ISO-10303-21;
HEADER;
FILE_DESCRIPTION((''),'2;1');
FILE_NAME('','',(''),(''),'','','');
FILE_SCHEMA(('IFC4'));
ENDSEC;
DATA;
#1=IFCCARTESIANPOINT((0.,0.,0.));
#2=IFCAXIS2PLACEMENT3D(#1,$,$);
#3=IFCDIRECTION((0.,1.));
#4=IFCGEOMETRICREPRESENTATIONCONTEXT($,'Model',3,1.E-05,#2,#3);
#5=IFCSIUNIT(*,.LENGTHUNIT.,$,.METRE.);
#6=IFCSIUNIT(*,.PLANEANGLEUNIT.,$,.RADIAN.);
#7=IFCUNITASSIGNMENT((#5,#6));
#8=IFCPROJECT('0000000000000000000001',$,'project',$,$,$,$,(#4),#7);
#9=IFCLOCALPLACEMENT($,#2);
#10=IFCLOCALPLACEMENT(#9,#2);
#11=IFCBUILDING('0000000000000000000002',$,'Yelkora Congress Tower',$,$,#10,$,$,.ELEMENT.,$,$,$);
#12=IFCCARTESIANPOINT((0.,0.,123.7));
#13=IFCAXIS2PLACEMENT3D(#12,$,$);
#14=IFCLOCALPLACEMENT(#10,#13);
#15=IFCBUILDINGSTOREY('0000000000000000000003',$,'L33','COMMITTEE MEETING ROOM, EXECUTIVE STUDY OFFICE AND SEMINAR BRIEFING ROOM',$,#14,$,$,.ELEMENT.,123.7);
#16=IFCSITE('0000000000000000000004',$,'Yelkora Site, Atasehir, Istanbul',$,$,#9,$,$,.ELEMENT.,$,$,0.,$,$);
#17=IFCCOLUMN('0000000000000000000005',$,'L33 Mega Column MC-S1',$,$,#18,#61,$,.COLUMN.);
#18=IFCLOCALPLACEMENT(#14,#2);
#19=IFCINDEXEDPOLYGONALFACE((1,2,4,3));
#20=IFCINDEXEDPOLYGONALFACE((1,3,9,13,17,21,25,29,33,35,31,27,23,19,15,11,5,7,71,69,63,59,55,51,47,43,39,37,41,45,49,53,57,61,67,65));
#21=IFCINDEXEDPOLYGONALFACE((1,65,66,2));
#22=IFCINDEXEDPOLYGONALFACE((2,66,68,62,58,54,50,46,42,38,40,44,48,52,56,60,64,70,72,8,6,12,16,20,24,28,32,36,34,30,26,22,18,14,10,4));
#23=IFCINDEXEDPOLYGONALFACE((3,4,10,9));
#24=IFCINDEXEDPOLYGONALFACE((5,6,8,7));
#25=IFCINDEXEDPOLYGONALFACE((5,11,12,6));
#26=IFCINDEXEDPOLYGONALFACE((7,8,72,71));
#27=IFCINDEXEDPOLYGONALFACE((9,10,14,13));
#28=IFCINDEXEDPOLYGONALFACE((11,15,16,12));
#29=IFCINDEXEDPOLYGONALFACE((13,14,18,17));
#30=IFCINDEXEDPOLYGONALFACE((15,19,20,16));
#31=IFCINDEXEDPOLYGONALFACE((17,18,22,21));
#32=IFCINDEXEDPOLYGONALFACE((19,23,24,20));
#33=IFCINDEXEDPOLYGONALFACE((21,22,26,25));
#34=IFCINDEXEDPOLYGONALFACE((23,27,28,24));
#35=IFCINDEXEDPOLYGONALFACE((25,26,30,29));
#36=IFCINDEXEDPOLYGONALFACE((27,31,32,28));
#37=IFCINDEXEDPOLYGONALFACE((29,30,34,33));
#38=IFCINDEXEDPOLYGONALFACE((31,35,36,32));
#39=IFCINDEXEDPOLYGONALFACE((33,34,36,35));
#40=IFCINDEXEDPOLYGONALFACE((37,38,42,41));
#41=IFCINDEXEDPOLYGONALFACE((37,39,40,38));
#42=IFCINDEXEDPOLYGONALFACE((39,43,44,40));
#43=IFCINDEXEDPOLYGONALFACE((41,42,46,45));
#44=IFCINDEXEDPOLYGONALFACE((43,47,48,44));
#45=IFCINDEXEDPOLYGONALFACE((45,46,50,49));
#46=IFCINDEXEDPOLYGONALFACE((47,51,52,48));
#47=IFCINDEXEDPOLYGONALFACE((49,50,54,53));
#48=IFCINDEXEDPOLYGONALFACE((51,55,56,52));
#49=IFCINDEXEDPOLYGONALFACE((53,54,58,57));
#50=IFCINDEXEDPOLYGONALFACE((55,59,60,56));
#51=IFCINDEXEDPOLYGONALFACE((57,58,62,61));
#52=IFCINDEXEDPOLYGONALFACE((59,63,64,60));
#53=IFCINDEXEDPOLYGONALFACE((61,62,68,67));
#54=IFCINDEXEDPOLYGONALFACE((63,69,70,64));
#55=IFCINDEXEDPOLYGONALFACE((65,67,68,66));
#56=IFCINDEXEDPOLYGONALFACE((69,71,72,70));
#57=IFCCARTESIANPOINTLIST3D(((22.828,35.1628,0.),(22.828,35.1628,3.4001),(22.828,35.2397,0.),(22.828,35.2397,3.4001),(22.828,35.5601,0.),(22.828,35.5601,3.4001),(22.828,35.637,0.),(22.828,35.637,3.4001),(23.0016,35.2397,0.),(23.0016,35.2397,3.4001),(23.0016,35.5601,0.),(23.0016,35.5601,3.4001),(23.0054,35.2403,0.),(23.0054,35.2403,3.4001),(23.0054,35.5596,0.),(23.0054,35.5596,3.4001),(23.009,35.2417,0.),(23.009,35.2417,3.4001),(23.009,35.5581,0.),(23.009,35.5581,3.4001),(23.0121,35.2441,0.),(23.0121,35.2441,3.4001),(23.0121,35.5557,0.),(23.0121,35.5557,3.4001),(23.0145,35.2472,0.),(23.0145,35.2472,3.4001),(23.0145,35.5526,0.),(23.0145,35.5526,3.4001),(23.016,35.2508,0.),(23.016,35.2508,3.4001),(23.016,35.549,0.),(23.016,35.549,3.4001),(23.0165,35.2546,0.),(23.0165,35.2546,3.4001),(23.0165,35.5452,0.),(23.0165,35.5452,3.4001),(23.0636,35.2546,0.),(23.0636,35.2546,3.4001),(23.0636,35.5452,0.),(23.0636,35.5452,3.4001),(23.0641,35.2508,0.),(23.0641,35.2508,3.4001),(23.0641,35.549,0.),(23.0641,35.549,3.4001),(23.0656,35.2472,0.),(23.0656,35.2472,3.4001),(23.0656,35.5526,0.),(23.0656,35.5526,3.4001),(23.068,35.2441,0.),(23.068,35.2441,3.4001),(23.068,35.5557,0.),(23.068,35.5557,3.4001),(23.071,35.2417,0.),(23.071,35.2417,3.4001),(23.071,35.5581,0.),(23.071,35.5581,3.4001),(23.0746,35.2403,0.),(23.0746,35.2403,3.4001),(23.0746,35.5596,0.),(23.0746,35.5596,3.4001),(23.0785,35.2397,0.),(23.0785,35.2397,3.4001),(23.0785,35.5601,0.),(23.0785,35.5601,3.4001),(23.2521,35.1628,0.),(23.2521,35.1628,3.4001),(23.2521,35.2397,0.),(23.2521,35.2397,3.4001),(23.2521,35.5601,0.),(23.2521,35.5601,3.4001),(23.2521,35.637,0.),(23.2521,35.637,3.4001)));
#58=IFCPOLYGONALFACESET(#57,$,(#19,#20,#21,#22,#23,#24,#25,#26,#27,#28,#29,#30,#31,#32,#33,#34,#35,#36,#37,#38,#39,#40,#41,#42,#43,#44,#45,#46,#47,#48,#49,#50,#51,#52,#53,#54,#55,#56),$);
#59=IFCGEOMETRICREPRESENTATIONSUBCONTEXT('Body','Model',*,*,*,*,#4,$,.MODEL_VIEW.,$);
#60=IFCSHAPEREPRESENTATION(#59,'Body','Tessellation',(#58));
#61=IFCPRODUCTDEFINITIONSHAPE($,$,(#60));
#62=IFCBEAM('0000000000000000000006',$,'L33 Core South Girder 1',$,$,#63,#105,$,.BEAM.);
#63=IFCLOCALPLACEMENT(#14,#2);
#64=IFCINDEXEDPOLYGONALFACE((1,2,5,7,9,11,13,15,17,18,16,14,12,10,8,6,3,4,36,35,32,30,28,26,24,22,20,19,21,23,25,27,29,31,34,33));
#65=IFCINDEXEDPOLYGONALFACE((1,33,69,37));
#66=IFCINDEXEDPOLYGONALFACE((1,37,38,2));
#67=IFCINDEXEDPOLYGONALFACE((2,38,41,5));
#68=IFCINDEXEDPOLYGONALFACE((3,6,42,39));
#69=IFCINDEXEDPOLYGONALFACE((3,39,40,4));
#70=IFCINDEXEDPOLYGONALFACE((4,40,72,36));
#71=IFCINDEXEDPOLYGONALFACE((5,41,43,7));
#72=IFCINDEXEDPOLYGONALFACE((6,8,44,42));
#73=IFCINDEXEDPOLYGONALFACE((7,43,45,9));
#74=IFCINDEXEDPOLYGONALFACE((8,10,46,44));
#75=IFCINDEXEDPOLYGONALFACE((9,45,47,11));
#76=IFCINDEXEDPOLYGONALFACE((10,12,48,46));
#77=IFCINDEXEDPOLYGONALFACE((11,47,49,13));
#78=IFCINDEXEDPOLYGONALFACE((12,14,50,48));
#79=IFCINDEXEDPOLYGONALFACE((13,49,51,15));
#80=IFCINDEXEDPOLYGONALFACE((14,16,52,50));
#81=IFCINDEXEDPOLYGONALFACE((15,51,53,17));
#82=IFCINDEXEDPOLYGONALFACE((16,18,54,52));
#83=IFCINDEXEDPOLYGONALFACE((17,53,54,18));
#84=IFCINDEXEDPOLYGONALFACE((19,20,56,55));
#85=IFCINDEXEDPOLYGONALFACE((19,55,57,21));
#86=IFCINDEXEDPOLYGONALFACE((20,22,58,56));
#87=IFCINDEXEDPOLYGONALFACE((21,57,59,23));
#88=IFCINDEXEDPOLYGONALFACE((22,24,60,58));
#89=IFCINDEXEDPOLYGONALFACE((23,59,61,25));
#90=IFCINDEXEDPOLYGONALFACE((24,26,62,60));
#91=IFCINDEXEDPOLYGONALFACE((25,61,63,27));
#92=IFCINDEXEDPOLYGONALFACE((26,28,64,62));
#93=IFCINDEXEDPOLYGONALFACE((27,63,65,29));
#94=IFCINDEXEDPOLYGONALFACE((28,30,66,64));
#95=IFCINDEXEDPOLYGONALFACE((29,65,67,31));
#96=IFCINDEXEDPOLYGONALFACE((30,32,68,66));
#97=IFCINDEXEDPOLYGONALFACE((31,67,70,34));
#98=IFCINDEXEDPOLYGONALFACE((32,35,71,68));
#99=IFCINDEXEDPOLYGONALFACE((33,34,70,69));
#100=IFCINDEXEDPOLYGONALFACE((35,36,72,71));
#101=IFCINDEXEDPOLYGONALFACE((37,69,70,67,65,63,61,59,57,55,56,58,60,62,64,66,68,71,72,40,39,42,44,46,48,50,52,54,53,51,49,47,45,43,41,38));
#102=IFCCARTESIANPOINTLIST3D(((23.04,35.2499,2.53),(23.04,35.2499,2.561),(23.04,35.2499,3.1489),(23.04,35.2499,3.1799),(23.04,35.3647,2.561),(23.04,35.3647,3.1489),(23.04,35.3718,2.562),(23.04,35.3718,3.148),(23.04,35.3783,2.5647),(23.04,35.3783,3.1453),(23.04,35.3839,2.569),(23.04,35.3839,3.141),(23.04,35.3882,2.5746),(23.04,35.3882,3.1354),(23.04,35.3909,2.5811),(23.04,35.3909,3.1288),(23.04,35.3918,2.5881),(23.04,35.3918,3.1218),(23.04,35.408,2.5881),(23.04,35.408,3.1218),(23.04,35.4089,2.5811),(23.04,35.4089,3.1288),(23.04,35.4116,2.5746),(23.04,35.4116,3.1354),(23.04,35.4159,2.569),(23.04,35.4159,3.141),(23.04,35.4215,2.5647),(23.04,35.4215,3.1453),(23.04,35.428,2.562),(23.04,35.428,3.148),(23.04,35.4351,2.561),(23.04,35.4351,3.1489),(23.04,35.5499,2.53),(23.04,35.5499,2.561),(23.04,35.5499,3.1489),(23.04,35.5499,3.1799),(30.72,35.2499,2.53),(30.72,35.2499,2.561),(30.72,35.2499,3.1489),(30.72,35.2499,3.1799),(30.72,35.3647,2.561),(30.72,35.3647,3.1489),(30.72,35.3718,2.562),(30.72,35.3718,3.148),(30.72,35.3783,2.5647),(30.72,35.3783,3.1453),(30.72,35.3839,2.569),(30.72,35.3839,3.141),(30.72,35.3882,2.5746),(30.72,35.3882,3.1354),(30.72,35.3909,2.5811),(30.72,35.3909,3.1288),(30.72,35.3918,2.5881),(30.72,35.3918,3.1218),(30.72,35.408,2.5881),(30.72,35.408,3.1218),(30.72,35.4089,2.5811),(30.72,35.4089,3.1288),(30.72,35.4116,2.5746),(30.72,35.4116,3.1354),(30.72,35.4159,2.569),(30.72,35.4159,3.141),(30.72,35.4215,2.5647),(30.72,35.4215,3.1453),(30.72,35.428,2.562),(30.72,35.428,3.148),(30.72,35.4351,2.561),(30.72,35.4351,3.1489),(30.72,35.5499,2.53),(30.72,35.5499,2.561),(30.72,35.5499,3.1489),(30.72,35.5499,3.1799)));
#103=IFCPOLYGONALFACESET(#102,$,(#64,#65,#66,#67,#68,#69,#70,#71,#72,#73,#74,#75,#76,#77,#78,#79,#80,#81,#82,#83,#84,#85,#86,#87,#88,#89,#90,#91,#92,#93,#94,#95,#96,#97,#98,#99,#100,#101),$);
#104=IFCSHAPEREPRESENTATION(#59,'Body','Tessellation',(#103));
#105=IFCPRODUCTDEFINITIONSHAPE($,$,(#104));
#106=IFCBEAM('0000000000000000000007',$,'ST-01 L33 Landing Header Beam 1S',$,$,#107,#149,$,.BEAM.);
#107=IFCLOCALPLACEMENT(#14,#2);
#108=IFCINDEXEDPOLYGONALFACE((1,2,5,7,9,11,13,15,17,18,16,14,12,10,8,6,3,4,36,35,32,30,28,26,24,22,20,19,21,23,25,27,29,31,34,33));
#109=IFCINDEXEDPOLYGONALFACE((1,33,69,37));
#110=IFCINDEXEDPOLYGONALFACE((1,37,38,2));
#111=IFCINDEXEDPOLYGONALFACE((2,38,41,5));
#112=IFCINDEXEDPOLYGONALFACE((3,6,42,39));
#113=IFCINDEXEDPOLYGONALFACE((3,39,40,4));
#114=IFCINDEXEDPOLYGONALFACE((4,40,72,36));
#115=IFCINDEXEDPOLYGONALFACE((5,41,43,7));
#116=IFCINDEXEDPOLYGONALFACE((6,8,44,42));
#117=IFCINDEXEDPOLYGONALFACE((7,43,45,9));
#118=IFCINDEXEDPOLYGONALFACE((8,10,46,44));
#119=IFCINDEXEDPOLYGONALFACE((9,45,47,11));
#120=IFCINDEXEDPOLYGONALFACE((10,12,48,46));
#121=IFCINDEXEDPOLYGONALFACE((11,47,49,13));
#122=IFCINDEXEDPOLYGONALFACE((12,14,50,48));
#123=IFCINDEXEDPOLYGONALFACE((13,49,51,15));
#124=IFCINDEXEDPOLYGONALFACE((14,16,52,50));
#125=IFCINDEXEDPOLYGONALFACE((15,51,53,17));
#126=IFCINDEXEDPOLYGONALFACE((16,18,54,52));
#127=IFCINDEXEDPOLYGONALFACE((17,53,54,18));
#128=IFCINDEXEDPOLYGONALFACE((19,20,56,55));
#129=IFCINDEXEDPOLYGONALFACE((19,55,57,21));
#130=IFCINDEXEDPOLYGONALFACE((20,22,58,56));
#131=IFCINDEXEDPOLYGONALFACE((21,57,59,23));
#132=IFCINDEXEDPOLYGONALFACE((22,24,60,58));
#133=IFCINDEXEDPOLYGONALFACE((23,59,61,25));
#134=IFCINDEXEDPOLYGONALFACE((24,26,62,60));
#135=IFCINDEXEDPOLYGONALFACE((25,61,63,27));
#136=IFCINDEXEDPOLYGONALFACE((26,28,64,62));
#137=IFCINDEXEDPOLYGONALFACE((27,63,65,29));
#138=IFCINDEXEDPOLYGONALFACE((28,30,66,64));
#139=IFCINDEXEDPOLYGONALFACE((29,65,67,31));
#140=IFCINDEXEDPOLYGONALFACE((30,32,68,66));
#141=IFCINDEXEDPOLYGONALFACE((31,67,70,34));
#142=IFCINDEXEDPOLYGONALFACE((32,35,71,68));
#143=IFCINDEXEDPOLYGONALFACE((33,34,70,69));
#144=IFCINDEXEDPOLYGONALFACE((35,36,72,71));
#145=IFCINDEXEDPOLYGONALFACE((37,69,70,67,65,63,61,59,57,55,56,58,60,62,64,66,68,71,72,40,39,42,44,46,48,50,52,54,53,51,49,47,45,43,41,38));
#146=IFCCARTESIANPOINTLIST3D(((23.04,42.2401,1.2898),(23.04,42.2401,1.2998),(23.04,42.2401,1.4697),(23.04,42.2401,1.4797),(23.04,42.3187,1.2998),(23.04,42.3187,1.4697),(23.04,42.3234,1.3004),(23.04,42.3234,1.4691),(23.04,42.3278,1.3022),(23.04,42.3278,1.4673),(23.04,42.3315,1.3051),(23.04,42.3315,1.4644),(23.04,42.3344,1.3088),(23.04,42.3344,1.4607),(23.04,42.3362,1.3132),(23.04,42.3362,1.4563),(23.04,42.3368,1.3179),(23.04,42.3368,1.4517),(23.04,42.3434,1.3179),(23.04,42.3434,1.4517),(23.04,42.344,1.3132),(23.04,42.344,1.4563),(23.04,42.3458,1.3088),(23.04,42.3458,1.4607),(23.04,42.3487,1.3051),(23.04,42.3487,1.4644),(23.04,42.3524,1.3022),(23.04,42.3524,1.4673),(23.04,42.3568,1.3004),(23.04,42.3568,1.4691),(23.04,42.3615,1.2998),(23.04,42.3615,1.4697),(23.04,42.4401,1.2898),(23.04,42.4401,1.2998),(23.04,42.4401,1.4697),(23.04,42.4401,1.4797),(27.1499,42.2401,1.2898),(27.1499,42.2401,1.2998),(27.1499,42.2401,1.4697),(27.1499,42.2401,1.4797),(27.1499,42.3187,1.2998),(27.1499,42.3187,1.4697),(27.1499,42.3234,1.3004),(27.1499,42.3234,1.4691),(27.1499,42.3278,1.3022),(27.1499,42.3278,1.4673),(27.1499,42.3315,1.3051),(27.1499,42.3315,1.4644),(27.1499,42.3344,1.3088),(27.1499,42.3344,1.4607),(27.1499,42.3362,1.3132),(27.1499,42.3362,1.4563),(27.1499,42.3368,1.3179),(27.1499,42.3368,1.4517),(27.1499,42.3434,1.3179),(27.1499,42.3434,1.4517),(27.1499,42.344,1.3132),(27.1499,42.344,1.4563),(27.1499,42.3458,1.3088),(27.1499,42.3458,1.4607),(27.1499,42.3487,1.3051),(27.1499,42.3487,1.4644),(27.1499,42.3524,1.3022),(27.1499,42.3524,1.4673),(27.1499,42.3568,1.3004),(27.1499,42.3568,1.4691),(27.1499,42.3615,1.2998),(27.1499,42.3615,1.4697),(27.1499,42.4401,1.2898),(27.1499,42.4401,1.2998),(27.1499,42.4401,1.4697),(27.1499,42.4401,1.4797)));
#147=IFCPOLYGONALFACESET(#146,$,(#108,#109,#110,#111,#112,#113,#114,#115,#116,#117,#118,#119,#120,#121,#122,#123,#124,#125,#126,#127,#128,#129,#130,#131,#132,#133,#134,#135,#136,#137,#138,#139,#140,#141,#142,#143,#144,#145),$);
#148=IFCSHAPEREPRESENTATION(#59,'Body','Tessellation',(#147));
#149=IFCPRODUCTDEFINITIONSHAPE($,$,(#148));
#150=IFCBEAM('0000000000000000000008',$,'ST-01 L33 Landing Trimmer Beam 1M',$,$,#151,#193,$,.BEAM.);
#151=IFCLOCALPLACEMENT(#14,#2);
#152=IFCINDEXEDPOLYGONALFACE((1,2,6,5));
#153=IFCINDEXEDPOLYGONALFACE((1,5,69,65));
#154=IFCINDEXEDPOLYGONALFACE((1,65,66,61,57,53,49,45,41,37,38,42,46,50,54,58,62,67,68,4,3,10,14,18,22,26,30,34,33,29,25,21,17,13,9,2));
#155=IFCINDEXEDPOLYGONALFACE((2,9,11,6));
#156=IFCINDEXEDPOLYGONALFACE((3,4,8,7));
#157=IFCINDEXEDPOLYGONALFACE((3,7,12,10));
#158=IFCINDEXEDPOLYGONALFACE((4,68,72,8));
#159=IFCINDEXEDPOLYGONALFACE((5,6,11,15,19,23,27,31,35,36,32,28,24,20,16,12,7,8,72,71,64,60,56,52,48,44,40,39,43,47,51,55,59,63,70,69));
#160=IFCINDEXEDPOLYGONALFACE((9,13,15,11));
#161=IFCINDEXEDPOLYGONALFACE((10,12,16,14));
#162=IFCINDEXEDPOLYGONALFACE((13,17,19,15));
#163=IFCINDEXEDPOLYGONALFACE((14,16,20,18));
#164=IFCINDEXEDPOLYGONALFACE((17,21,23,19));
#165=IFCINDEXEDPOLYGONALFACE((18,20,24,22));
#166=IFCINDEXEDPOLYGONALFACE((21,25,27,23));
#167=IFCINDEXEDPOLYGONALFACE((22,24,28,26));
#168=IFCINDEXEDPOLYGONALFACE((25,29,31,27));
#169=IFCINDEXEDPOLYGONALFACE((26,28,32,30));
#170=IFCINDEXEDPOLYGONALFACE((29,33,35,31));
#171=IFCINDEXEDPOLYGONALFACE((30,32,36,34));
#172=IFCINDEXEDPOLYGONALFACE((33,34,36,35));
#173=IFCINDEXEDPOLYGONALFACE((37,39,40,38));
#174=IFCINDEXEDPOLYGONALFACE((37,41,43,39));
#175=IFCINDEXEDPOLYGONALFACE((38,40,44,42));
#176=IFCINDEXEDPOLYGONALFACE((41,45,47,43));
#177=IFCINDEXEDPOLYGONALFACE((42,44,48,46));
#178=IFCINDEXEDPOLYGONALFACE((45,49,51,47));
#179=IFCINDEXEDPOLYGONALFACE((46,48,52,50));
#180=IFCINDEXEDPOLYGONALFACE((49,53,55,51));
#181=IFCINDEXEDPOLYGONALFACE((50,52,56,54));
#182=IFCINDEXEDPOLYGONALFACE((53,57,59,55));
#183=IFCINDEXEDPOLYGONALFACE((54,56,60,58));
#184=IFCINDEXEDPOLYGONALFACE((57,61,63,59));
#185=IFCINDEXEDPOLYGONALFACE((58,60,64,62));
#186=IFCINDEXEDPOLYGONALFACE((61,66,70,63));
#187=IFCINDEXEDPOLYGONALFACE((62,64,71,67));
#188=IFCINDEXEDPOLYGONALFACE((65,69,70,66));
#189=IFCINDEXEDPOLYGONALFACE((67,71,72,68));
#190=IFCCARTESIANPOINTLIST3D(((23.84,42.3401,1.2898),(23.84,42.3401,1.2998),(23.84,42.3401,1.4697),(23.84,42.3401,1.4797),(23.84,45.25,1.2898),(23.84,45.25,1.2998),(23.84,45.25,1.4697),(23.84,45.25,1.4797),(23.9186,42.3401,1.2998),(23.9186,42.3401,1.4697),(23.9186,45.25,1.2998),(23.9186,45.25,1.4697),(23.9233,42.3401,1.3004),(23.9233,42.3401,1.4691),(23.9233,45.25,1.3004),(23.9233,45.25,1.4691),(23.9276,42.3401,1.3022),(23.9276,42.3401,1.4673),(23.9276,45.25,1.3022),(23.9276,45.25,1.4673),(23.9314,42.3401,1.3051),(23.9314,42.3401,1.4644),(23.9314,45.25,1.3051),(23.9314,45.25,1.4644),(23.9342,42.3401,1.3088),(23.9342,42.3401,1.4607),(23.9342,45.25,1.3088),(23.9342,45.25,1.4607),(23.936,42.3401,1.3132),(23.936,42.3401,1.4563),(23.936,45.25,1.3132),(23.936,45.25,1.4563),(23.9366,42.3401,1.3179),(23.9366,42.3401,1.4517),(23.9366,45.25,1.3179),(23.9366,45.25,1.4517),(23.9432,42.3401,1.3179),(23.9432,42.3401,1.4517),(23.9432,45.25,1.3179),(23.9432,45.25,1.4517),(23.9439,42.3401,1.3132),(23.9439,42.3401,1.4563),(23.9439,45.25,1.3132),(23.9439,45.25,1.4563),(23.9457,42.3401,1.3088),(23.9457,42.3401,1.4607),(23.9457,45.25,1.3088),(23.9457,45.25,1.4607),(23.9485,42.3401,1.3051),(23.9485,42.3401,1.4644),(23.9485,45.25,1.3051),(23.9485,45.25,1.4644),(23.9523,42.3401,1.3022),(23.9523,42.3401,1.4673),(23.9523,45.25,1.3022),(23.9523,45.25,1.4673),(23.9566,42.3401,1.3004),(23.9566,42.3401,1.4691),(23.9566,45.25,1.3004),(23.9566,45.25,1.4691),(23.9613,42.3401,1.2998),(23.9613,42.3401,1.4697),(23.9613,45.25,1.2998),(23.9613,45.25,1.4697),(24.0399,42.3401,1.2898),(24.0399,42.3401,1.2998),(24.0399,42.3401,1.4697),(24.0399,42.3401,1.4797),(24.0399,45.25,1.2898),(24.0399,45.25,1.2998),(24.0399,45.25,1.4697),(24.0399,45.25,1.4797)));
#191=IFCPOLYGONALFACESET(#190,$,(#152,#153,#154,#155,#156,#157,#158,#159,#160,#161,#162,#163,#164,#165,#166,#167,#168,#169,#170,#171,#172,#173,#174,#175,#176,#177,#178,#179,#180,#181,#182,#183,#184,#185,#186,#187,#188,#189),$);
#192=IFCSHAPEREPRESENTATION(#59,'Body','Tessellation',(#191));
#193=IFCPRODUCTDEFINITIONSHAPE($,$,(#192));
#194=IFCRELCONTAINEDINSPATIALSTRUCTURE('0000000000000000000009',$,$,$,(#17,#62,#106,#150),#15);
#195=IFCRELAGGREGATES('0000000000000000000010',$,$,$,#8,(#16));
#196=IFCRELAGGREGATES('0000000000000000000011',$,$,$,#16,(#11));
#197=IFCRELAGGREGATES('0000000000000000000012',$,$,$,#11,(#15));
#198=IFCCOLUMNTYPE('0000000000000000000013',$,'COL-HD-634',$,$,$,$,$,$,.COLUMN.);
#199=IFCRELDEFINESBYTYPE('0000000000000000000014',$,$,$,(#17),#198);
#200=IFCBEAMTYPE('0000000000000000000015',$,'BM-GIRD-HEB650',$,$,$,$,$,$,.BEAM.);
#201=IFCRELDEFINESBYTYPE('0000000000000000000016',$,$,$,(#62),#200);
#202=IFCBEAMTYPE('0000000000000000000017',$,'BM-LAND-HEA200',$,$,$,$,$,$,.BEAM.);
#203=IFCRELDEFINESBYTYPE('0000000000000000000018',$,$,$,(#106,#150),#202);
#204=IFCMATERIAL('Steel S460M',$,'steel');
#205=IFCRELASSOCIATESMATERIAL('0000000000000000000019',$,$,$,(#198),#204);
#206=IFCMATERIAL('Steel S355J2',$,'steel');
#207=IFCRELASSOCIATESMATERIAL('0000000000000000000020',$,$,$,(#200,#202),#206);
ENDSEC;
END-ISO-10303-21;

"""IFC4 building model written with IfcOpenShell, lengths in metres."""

from ifc_helpers import new_model, si_unit, direction, frame, origin, origin_2d, place, context, subcontext, project, spatial, i_section, extrude, material, material_profile, profile_set, type_object, element, save


model = new_model("IFC4")

# Units and contexts
model_context = context("Model", 3, precision=1e-05, world=origin(), true_north=direction((0.0, 1.0)))
body_context = subcontext(model_context, "Body", "Model", "MODEL_VIEW")
ifc_project = project(units=[si_unit("LENGTHUNIT", "METRE"), si_unit("PLANEANGLEUNIT", "RADIAN")], contexts=[model_context])

# Site, building, storey
site_placement = place(None, origin())
site = spatial("IfcSite", under=ifc_project, at=site_placement, Name="Yelkora Site, Atasehir, Istanbul", CompositionType="ELEMENT", RefElevation=0.0)
building_placement = place(site_placement, origin())
building = spatial("IfcBuilding", under=site, at=building_placement, Name="Yelkora Congress Tower", CompositionType="ELEMENT")
storey_placement = place(building_placement, frame((0.0, 0.0, 123.7)))
storey = spatial("IfcBuildingStorey", under=building, at=storey_placement, Name="L33", Description="COMMITTEE MEETING ROOM, EXECUTIVE STUDY OFFICE AND SEMINAR BRIEFING ROOM", CompositionType="ELEMENT", Elevation=123.7)

# Column
ifc_material_1 = material(Name="Steel S460M", Category="steel")
ifc_material_profile_1 = material_profile(ifc_material_1, i_section(OverallWidth=0.4241, OverallDepth=0.4741, WebThickness=0.0471, FlangeThickness=0.0769, FilletRadius=0.0149, at=origin_2d()), Name="HD 400x634")
ifc_profile_set_1 = profile_set([ifc_material_profile_1], Name="Steel S460M")
column_type = type_object("IfcColumnType", Name="COL-HD-634", PredefinedType="COLUMN", material=ifc_profile_set_1)
column_placement = place(storey_placement, frame((23.04, 35.3999, 0.0), z_axis=(0.0, 0.0, 1.0), x_axis=(1.0, 0.0, 0.0)))
element("IfcColumn", 1, at=column_placement, inside=storey, type_object=column_type, Name="L33 Mega Column MC-S1", PredefinedType="COLUMN", context=body_context, shape_type="SweptSolid", body=[
    extrude(i_section(OverallWidth=0.4241, OverallDepth=0.4741, WebThickness=0.0471, FlangeThickness=0.0769, FilletRadius=0.0149, at=origin_2d()), origin(), (0.0, 0.0, 1.0), 3.4001),
])

# Beams
ifc_material_2 = material(Name="Steel S355J2", Category="steel")
ifc_material_profile_2 = material_profile(ifc_material_2, i_section(OverallWidth=0.3, OverallDepth=0.6499, WebThickness=0.0161, FlangeThickness=0.031, FilletRadius=0.0271, at=origin_2d()), Name="HEB 650")
ifc_profile_set_2 = profile_set([ifc_material_profile_2], Name="Steel S355J2")
beam_type_1 = type_object("IfcBeamType", Name="BM-GIRD-HEB650", PredefinedType="BEAM", material=ifc_profile_set_2)
beam_1_placement = place(storey_placement, frame((23.04, 35.3999, 2.855), z_axis=(1.0, 0.0, 0.0), x_axis=(0.0, 1.0, 0.0)))
element("IfcBeam", 2, at=beam_1_placement, inside=storey, type_object=beam_type_1, Name="L33 Core South Girder 1", PredefinedType="BEAM", context=body_context, shape_type="SweptSolid", body=[
    extrude(i_section(OverallWidth=0.3, OverallDepth=0.6499, WebThickness=0.0161, FlangeThickness=0.031, FilletRadius=0.0271, at=origin_2d()), origin(), (0.0, 0.0, 1.0), 7.6799),
])
ifc_material_profile_3 = material_profile(ifc_material_2, i_section(OverallWidth=0.2, OverallDepth=0.1899, WebThickness=0.0066, FlangeThickness=0.01, FilletRadius=0.0181, at=origin_2d()), Name="HEA 200")
ifc_profile_set_3 = profile_set([ifc_material_profile_3], Name="Steel S355J2")
beam_type_2 = type_object("IfcBeamType", Name="BM-LAND-HEA200", PredefinedType="BEAM", material=ifc_profile_set_3)
beam_2_placement = place(storey_placement, frame((23.04, 42.3401, 1.3848), z_axis=(1.0, 0.0, 0.0), x_axis=(0.0, 1.0, 0.0)))
element("IfcBeam", 3, at=beam_2_placement, inside=storey, type_object=beam_type_2, Name="ST-01 L33 Landing Header Beam 1S", PredefinedType="BEAM", context=body_context, shape_type="SweptSolid", body=[
    extrude(i_section(OverallWidth=0.2, OverallDepth=0.1899, WebThickness=0.0066, FlangeThickness=0.01, FilletRadius=0.0181, at=origin_2d()), origin(), (0.0, 0.0, 1.0), 4.1099),
])
beam_3_placement = place(storey_placement, frame((23.9399, 42.3401, 1.3848), z_axis=(0.0, 1.0, 0.0), x_axis=(-1.0, 0.0, 0.0)))
element("IfcBeam", 4, at=beam_3_placement, inside=storey, type_object=beam_type_2, Name="ST-01 L33 Landing Trimmer Beam 1M", PredefinedType="BEAM", context=body_context, shape_type="SweptSolid", body=[
    extrude(i_section(OverallWidth=0.2, OverallDepth=0.1899, WebThickness=0.0066, FlangeThickness=0.01, FilletRadius=0.0181, at=origin_2d()), origin(), (0.0, 0.0, 1.0), 2.9099),
])

save(model, "model.ifc")
